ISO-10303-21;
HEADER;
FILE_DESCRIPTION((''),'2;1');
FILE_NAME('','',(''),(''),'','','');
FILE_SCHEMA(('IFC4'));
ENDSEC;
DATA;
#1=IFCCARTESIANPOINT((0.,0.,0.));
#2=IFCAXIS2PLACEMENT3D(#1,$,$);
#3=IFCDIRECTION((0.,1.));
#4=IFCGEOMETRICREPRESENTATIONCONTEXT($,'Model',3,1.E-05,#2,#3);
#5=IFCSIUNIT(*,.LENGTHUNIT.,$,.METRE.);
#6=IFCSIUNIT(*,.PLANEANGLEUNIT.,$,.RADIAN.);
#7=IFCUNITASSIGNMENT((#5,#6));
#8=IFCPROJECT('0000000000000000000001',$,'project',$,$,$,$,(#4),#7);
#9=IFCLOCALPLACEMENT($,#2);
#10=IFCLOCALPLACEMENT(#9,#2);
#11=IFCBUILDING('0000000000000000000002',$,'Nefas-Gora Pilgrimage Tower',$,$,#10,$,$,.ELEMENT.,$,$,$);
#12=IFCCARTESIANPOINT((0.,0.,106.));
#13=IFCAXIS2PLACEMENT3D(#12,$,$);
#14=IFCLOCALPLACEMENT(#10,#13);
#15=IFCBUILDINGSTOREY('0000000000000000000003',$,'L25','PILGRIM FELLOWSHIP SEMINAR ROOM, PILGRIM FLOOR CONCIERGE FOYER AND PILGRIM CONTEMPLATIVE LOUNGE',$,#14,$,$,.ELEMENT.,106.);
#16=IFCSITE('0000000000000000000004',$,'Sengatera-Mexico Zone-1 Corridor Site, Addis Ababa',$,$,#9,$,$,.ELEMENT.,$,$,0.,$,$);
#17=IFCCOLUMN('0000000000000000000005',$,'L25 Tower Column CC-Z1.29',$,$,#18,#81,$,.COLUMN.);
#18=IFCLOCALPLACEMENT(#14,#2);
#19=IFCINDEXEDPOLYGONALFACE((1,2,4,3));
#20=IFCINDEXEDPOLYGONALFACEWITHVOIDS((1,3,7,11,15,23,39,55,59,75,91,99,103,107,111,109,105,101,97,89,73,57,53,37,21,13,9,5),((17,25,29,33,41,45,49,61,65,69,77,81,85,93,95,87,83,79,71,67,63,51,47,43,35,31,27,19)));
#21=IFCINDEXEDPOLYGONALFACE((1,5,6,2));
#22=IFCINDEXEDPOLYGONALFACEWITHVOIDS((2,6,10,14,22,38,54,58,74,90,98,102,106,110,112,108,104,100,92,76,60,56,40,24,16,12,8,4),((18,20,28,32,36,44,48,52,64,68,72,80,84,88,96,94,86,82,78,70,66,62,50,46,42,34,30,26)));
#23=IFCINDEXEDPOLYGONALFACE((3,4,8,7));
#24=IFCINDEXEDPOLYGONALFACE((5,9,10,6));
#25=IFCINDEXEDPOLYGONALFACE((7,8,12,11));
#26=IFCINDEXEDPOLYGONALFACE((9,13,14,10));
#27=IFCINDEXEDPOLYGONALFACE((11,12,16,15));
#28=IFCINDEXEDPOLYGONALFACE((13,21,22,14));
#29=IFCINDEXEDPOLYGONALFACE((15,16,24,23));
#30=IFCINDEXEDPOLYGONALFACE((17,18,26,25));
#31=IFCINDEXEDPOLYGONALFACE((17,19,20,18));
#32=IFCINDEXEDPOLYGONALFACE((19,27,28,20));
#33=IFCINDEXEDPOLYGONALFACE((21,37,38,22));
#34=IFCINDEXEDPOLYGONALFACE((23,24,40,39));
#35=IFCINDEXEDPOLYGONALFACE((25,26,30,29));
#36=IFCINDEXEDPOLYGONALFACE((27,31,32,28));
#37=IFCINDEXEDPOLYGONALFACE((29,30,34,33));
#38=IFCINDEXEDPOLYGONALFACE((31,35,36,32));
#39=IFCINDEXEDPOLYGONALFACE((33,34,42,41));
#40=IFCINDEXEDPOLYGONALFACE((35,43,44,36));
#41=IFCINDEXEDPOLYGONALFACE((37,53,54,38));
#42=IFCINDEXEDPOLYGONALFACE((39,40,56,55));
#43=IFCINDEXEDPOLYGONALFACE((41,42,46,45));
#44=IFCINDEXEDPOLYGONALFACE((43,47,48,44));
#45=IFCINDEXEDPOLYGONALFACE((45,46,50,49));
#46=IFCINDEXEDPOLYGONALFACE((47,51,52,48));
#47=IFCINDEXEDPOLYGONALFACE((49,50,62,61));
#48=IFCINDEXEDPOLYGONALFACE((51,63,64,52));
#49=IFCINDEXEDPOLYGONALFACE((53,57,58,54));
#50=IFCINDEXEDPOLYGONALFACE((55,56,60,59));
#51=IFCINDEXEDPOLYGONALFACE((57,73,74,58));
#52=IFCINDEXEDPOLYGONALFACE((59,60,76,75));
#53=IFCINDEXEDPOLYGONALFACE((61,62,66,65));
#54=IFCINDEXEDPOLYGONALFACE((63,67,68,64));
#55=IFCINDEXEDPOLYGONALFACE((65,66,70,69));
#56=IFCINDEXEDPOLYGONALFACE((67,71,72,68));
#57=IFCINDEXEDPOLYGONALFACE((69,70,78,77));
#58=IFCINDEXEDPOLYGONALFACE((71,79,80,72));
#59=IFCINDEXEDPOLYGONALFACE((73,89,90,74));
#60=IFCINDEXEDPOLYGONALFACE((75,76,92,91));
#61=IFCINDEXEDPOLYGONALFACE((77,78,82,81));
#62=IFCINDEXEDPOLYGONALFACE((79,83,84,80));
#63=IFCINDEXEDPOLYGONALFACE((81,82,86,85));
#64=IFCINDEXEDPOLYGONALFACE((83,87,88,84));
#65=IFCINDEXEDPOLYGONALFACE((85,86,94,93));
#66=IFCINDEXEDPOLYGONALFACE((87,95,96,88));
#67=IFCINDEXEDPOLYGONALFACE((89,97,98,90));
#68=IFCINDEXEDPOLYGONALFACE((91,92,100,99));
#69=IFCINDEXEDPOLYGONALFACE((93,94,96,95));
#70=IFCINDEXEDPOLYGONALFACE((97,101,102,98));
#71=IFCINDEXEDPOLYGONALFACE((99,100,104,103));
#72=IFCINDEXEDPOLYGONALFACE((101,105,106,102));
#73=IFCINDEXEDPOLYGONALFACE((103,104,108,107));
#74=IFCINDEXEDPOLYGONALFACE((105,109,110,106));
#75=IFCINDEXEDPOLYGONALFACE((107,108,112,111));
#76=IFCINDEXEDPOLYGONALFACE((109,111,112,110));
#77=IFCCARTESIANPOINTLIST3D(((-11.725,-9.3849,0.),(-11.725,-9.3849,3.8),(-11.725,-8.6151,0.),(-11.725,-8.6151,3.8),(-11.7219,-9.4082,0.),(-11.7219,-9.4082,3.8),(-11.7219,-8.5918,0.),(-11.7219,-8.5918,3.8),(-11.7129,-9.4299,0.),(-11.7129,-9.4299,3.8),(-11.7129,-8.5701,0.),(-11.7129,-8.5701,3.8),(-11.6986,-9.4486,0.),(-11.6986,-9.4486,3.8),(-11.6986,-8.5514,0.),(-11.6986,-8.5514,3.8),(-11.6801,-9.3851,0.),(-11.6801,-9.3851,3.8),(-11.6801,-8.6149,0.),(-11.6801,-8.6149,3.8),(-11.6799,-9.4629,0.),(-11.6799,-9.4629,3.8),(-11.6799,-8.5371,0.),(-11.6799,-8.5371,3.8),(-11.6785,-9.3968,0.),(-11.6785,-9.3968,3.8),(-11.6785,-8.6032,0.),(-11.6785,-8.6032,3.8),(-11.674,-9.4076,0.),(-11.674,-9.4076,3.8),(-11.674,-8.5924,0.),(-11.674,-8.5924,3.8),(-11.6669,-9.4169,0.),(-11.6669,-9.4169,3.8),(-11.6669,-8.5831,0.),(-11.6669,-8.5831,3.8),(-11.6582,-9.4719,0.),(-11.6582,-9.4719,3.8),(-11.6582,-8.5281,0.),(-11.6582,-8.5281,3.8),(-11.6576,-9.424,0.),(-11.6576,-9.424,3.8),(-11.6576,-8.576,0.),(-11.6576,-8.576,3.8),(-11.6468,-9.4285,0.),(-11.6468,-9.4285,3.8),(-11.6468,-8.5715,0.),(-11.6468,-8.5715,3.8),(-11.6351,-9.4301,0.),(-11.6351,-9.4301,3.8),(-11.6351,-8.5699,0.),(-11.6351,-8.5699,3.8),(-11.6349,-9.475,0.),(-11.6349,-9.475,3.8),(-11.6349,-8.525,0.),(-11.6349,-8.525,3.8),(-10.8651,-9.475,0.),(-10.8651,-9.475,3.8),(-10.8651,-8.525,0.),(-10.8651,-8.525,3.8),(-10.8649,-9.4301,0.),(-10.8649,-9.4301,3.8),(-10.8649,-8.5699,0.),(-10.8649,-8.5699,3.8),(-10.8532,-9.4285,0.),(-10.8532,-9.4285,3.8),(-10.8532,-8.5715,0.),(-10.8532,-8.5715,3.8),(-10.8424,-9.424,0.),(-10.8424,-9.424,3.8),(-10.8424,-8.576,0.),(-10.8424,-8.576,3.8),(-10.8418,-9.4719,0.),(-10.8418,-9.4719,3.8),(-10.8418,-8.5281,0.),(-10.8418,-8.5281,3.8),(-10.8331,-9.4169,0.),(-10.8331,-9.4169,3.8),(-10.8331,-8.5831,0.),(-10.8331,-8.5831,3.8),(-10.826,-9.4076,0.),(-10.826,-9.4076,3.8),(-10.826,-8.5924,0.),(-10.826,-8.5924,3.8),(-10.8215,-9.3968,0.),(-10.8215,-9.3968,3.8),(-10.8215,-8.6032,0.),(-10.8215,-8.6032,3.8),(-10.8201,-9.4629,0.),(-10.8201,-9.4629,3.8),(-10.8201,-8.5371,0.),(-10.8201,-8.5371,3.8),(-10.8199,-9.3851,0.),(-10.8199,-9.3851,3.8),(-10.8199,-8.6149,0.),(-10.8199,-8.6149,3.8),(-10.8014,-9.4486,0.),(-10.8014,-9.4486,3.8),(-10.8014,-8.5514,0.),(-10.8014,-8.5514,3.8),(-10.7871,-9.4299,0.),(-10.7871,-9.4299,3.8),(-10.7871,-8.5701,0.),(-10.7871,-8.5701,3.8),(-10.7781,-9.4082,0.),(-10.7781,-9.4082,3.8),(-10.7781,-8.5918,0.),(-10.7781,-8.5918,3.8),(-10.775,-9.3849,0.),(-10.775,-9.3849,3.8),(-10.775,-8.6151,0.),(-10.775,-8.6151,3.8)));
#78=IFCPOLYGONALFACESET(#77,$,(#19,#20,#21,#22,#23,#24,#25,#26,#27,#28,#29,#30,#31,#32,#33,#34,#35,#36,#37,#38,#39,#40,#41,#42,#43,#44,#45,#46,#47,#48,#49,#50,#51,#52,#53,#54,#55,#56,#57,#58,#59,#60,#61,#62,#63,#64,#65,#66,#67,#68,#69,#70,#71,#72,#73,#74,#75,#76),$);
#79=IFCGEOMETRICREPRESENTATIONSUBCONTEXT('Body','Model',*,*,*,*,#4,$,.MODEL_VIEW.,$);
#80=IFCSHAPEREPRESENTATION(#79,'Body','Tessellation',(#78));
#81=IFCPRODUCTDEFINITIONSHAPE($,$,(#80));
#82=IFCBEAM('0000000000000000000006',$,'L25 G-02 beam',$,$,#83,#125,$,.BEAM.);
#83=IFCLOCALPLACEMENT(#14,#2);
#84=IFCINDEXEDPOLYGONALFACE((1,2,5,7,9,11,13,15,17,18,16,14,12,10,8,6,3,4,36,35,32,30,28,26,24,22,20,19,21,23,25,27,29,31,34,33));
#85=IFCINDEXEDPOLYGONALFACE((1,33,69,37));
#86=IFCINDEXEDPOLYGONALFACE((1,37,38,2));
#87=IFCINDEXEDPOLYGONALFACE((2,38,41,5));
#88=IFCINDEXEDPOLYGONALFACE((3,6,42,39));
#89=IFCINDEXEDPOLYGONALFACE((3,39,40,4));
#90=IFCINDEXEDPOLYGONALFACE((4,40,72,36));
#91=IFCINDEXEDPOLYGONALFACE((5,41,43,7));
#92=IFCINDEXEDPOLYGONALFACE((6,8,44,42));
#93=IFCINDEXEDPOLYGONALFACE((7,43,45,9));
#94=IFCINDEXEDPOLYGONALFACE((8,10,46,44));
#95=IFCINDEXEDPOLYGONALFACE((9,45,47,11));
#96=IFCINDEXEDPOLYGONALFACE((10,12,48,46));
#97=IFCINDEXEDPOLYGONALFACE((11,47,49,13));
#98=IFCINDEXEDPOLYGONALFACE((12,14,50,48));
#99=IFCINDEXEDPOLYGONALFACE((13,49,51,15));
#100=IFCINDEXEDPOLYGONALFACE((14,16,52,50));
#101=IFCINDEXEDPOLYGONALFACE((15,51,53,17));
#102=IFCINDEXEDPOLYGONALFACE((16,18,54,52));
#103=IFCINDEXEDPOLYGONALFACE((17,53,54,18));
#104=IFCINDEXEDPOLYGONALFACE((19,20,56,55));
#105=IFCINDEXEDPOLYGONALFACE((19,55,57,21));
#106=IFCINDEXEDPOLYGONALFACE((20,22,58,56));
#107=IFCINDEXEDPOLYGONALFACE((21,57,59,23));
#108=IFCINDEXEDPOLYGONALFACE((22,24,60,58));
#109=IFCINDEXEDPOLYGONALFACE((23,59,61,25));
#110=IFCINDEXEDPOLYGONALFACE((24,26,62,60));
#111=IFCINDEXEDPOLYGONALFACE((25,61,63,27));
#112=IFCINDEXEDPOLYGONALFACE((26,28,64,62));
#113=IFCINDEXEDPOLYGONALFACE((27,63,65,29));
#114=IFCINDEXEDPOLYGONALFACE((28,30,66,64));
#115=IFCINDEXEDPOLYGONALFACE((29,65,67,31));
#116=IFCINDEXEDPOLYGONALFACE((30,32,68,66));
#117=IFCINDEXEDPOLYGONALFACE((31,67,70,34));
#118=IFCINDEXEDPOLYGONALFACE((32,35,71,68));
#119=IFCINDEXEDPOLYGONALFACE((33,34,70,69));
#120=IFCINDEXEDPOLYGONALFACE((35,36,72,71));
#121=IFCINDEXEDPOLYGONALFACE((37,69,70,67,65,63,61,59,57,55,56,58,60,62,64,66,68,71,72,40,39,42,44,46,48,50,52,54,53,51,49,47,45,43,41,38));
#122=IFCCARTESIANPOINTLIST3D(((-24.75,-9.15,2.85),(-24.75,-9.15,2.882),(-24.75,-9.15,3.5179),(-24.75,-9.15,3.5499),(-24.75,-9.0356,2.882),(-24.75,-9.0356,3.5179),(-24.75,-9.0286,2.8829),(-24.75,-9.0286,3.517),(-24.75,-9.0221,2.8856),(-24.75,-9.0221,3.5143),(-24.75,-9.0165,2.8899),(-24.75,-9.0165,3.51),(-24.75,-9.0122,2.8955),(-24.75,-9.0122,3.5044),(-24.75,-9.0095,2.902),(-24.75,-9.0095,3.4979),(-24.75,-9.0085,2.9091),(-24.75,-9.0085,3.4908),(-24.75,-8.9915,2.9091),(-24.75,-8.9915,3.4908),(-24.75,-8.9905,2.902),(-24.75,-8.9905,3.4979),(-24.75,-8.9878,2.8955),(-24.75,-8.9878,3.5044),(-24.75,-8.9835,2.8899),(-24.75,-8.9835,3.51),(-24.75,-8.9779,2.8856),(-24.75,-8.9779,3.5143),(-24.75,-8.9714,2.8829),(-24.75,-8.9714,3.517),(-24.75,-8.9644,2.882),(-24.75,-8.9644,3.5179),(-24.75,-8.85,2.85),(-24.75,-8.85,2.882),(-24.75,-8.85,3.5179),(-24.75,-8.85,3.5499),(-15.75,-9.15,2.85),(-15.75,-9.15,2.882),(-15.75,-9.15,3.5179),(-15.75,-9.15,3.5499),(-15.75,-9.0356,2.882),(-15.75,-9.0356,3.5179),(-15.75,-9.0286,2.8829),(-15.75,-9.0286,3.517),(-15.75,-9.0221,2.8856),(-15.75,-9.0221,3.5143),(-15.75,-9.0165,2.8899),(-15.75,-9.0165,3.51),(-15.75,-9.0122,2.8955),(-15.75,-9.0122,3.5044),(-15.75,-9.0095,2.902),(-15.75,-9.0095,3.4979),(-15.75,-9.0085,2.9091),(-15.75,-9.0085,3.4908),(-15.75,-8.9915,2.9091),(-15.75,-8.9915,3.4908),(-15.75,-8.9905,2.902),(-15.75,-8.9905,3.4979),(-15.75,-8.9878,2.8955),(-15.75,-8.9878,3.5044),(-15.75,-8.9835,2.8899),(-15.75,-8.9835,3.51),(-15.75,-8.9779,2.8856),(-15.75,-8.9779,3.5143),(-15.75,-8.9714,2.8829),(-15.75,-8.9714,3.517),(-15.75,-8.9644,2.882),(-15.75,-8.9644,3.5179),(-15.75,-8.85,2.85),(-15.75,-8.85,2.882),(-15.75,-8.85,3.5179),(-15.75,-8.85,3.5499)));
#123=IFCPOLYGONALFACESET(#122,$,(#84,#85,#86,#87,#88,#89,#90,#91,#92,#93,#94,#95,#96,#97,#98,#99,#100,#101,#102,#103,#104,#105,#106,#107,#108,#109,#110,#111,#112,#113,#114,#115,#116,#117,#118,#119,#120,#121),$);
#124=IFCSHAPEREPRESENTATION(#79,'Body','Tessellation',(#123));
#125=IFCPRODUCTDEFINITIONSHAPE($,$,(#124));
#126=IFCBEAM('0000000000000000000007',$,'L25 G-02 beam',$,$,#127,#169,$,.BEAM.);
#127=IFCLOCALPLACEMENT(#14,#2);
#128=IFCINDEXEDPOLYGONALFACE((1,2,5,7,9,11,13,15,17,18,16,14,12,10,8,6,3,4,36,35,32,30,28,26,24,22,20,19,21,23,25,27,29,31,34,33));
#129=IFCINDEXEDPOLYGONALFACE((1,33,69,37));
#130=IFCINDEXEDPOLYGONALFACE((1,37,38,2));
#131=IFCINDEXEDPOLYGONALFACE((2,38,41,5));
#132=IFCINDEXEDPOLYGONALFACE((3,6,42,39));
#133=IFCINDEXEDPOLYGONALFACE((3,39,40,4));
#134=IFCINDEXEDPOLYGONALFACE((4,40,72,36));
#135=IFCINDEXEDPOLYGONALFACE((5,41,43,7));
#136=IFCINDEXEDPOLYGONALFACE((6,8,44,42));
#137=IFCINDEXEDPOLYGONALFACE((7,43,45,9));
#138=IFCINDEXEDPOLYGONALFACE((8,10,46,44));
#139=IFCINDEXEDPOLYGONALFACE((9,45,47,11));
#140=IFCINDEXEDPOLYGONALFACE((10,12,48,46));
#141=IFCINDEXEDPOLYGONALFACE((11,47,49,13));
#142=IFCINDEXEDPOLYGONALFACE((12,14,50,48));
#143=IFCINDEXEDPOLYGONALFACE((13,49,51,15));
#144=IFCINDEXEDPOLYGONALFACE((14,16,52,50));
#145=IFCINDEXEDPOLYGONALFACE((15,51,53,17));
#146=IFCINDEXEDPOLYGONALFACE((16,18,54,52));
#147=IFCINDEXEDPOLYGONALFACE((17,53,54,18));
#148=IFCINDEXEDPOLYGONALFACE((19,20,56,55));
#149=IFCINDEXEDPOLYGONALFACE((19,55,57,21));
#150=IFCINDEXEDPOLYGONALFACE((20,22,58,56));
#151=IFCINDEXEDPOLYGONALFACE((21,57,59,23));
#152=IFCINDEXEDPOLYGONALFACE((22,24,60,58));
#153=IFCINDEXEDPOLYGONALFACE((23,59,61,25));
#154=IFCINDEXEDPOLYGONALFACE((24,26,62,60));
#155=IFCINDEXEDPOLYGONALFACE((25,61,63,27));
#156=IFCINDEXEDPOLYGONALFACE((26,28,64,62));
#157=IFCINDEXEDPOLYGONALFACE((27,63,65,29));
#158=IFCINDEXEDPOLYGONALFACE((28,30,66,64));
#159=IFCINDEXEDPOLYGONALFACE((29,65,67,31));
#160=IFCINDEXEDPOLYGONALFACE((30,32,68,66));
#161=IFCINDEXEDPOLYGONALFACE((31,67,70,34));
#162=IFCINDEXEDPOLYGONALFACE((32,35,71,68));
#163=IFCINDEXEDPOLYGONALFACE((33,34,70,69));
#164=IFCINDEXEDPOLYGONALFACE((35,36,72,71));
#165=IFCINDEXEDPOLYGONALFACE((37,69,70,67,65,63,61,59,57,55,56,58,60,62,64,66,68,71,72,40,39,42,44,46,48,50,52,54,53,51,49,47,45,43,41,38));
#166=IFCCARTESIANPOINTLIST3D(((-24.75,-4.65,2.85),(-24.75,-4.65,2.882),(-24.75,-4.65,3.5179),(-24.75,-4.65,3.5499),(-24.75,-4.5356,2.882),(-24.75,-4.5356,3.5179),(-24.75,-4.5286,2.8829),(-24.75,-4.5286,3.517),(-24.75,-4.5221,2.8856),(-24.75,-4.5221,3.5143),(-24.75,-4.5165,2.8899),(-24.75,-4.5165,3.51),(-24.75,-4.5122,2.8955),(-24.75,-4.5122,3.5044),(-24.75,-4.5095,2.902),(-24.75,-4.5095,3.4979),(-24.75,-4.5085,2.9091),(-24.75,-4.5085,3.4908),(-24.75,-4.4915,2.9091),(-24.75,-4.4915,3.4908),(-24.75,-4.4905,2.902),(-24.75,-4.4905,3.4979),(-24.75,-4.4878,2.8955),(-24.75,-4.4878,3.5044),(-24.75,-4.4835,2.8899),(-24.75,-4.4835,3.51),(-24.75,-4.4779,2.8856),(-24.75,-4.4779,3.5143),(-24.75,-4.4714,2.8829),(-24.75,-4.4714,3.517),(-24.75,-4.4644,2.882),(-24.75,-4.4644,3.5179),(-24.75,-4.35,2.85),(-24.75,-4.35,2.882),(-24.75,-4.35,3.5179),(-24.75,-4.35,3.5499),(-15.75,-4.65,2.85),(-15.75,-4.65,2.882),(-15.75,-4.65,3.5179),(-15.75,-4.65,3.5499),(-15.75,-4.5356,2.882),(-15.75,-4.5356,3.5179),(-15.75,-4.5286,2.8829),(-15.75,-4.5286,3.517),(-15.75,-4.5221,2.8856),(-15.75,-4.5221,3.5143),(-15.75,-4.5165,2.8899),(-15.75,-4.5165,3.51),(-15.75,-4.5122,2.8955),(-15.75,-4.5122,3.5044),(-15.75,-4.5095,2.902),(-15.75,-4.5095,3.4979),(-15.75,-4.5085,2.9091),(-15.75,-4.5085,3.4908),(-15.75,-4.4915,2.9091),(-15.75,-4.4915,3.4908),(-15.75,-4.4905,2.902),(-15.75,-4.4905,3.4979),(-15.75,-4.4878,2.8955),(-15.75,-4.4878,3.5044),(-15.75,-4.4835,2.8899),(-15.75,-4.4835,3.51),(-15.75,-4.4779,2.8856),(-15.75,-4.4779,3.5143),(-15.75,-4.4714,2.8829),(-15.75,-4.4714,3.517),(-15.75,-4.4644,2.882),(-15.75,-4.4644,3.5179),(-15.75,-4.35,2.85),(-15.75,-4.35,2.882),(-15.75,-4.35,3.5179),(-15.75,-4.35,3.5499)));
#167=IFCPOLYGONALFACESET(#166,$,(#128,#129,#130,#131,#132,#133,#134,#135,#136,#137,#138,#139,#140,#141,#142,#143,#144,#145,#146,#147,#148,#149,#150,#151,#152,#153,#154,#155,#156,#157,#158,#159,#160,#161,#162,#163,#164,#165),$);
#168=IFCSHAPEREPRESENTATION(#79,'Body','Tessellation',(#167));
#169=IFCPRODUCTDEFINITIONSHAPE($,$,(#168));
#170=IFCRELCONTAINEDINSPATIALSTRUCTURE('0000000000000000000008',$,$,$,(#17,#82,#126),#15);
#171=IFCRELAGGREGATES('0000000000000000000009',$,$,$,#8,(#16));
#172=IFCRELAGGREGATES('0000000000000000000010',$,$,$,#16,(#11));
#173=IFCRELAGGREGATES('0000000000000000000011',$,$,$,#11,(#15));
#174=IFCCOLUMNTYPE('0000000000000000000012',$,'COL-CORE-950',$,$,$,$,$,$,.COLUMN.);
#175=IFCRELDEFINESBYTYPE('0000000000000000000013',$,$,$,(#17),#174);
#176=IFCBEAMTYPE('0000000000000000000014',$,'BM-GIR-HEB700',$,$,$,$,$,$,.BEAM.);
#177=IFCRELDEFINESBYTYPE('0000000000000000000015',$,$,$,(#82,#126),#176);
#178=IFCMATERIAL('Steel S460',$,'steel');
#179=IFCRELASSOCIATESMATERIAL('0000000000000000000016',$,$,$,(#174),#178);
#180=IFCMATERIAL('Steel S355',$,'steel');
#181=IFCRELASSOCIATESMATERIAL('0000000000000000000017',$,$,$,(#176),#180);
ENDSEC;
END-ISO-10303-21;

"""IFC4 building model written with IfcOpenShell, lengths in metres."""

from ifc_helpers import new_model, si_unit, direction, frame, origin, origin_2d, place, context, subcontext, project, spatial, hollow_rectangle, i_section, extrude, source, transform, mapped, material, material_profile, profile_set, type_object, element, save


model = new_model("IFC4")

# Units and contexts
model_context = context("Model", 3, precision=1e-05, world=origin(), true_north=direction((0.0, 1.0)))
body_context = subcontext(model_context, "Body", "Model", "MODEL_VIEW")
ifc_project = project(units=[si_unit("LENGTHUNIT", "METRE"), si_unit("PLANEANGLEUNIT", "RADIAN")], contexts=[model_context])

# Site, building, storey
site_placement = place(None, origin())
site = spatial("IfcSite", under=ifc_project, at=site_placement, Name="Sengatera-Mexico Zone-1 Corridor Site, Addis Ababa", CompositionType="ELEMENT", RefElevation=0.0)
building_placement = place(site_placement, origin())
building = spatial("IfcBuilding", under=site, at=building_placement, Name="Nefas-Gora Pilgrimage Tower", CompositionType="ELEMENT")
storey_placement = place(building_placement, frame((0.0, 0.0, 106.0)))
storey = spatial("IfcBuildingStorey", under=building, at=storey_placement, Name="L25", Description="PILGRIM FELLOWSHIP SEMINAR ROOM, PILGRIM FLOOR CONCIERGE FOYER AND PILGRIM CONTEMPLATIVE LOUNGE", CompositionType="ELEMENT", Elevation=106.0)

# Column
ifc_material_1 = material(Name="Steel S460", Category="steel")
ifc_material_profile_1 = material_profile(ifc_material_1, hollow_rectangle(XDim=0.95, YDim=0.95, WallThickness=0.0449, InnerFilletRadius=0.0449, OuterFilletRadius=0.0901, at=origin_2d()), Name="BOX 950x950x45")
ifc_profile_set_1 = profile_set([ifc_material_profile_1], Name="Steel S460")
column_type_1 = type_object("IfcColumnType", Name="COL-CORE-950", PredefinedType="COLUMN", material=ifc_profile_set_1)
shared_shape_1 = source(origin(), body_context, "Body", "SweptSolid", [
    extrude(hollow_rectangle(XDim=0.95, YDim=0.95, WallThickness=0.0449, InnerFilletRadius=0.0449, OuterFilletRadius=0.0901, at=origin_2d()), origin(), (0.0, 0.0, 1.0), 3.8),
])
column_1_placement = place(storey_placement, frame((-11.25, -9.0, 0.0), z_axis=(0.0, 0.0, 1.0), x_axis=(1.0, 0.0, 0.0)))
element("IfcColumn", 1, at=column_1_placement, inside=storey, type_object=column_type_1, Name="L25 Tower Column CC-Z1.29", PredefinedType="COLUMN", context=body_context, shape_type="MappedRepresentation", body=[
    mapped(shared_shape_1, transform((0.0, 0.0, 0.0), x_axis=(1.0, 0.0, 0.0), y_axis=(0.0, 1.0, 0.0), z_axis=(0.0, 0.0, 1.0), scale=1.0)),
])

# Beams
ifc_material_2 = material(Name="Steel S355", Category="steel")
ifc_material_profile_2 = material_profile(ifc_material_2, i_section(OverallWidth=0.3, OverallDepth=0.7, WebThickness=0.0171, FlangeThickness=0.032, FilletRadius=0.0271, at=origin_2d()), Name="HEB 700")
ifc_profile_set_2 = profile_set([ifc_material_profile_2], Name="Steel S355")
beam_type = type_object("IfcBeamType", Name="BM-GIR-HEB700", PredefinedType="BEAM", material=ifc_profile_set_2)
shared_shape_2 = source(origin(), body_context, "Body", "SweptSolid", [
    extrude(i_section(OverallWidth=0.3, OverallDepth=0.7, WebThickness=0.0171, FlangeThickness=0.032, FilletRadius=0.0271, at=origin_2d()), origin(), (0.0, 0.0, 1.0), 9.0),
])
for number, where, z_axis, x_axis, name in (
    (2, (-24.75, -9.0, 3.2), (1.0, 0.0, 0.0), (0.0, 1.0, 0.0), "L25 G-02 beam"),
    (3, (-24.75, -4.5, 3.2), (1.0, 0.0, 0.0), (0.0, 1.0, 0.0), "L25 G-02 beam"),
):
    element("IfcBeam", number, at=place(storey_placement, frame(where, z_axis=z_axis, x_axis=x_axis)), inside=storey, type_object=beam_type, Name=name, PredefinedType="BEAM", context=body_context, shape_type="MappedRepresentation", body=[
        mapped(shared_shape_2, transform((0.0, 0.0, 0.0), x_axis=(1.0, 0.0, 0.0), y_axis=(0.0, 1.0, 0.0), z_axis=(0.0, 0.0, 1.0), scale=1.0)),
    ])

save(model, "model.ifc")
